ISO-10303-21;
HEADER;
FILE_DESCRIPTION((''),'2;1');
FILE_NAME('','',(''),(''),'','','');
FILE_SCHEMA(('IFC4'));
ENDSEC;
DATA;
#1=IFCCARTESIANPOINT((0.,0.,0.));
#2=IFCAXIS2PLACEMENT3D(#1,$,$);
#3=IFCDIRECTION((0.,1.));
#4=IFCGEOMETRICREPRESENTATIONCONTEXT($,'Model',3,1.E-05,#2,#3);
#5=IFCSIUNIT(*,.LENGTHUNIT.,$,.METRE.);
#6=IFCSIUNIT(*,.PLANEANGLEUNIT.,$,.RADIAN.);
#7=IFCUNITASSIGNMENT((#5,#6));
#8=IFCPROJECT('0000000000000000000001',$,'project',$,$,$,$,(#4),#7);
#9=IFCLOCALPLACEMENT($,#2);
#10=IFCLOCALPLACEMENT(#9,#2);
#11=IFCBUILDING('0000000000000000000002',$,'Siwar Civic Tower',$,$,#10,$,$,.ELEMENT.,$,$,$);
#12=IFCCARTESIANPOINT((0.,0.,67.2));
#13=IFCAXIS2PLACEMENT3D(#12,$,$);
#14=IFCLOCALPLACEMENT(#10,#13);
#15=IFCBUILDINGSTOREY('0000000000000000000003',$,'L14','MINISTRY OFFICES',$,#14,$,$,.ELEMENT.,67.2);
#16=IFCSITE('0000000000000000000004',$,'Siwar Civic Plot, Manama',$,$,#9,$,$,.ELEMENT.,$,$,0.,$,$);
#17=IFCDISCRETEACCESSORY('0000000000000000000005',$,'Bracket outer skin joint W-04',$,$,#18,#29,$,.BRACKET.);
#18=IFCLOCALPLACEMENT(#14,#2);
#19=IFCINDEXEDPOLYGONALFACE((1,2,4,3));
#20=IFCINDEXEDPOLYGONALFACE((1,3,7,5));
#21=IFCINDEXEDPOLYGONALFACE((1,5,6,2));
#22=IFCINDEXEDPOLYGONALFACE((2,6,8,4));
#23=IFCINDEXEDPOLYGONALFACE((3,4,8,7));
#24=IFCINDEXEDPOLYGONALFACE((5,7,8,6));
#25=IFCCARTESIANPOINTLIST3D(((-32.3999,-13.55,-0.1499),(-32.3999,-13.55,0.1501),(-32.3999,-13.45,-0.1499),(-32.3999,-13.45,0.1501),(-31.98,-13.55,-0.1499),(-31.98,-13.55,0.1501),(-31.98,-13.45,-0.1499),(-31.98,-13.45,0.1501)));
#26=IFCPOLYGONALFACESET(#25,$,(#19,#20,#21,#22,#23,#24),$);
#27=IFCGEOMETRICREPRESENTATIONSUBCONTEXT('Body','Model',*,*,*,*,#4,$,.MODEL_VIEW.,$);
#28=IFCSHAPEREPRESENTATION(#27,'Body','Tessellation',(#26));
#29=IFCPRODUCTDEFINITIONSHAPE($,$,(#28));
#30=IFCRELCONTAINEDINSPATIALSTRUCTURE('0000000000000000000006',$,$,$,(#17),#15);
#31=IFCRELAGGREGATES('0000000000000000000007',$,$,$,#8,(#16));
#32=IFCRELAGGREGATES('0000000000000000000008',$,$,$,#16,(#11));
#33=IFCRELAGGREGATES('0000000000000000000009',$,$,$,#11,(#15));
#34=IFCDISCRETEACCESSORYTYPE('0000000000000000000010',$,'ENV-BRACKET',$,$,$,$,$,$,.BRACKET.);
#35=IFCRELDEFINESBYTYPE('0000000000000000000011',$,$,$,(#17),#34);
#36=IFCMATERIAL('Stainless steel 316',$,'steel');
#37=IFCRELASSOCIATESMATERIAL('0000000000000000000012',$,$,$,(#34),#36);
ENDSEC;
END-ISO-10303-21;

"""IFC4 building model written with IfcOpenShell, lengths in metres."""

from ifc_helpers import new_model, si_unit, direction, frame, origin, origin_2d, place, context, subcontext, project, spatial, rectangle, extrude, material, type_object, element, save


model = new_model("IFC4")

# Units and contexts
model_context = context("Model", 3, precision=1e-05, world=origin(), true_north=direction((0.0, 1.0)))
body_context = subcontext(model_context, "Body", "Model", "MODEL_VIEW")
ifc_project = project(units=[si_unit("LENGTHUNIT", "METRE"), si_unit("PLANEANGLEUNIT", "RADIAN")], contexts=[model_context])

# Site, building, storey
site_placement = place(None, origin())
site = spatial("IfcSite", under=ifc_project, at=site_placement, Name="Siwar Civic Plot, Manama", CompositionType="ELEMENT", RefElevation=0.0)
building_placement = place(site_placement, origin())
building = spatial("IfcBuilding", under=site, at=building_placement, Name="Siwar Civic Tower", CompositionType="ELEMENT")
storey_placement = place(building_placement, frame((0.0, 0.0, 67.2)))
storey = spatial("IfcBuildingStorey", under=building, at=storey_placement, Name="L14", Description="MINISTRY OFFICES", CompositionType="ELEMENT", Elevation=67.2)

# Discrete accessory
ifc_material_1 = material(Name="Stainless steel 316", Category="steel")
discrete_accessory_type = type_object("IfcDiscreteAccessoryType", Name="ENV-BRACKET", PredefinedType="BRACKET", material=ifc_material_1)
discrete_accessory_placement = place(storey_placement, frame((-32.1899, -13.5, -0.1499), z_axis=(0.0, 0.0, 1.0), x_axis=(-1.0, 0.0, 0.0)))
element("IfcDiscreteAccessory", 1, at=discrete_accessory_placement, inside=storey, type_object=discrete_accessory_type, Name="Bracket outer skin joint W-04", PredefinedType="BRACKET", context=body_context, shape_type="SweptSolid", body=[
    extrude(rectangle(XDim=0.4199, YDim=0.1001, at=origin_2d()), origin(), (0.0, 0.0, 1.0), 0.3),
])

save(model, "model.ifc")
